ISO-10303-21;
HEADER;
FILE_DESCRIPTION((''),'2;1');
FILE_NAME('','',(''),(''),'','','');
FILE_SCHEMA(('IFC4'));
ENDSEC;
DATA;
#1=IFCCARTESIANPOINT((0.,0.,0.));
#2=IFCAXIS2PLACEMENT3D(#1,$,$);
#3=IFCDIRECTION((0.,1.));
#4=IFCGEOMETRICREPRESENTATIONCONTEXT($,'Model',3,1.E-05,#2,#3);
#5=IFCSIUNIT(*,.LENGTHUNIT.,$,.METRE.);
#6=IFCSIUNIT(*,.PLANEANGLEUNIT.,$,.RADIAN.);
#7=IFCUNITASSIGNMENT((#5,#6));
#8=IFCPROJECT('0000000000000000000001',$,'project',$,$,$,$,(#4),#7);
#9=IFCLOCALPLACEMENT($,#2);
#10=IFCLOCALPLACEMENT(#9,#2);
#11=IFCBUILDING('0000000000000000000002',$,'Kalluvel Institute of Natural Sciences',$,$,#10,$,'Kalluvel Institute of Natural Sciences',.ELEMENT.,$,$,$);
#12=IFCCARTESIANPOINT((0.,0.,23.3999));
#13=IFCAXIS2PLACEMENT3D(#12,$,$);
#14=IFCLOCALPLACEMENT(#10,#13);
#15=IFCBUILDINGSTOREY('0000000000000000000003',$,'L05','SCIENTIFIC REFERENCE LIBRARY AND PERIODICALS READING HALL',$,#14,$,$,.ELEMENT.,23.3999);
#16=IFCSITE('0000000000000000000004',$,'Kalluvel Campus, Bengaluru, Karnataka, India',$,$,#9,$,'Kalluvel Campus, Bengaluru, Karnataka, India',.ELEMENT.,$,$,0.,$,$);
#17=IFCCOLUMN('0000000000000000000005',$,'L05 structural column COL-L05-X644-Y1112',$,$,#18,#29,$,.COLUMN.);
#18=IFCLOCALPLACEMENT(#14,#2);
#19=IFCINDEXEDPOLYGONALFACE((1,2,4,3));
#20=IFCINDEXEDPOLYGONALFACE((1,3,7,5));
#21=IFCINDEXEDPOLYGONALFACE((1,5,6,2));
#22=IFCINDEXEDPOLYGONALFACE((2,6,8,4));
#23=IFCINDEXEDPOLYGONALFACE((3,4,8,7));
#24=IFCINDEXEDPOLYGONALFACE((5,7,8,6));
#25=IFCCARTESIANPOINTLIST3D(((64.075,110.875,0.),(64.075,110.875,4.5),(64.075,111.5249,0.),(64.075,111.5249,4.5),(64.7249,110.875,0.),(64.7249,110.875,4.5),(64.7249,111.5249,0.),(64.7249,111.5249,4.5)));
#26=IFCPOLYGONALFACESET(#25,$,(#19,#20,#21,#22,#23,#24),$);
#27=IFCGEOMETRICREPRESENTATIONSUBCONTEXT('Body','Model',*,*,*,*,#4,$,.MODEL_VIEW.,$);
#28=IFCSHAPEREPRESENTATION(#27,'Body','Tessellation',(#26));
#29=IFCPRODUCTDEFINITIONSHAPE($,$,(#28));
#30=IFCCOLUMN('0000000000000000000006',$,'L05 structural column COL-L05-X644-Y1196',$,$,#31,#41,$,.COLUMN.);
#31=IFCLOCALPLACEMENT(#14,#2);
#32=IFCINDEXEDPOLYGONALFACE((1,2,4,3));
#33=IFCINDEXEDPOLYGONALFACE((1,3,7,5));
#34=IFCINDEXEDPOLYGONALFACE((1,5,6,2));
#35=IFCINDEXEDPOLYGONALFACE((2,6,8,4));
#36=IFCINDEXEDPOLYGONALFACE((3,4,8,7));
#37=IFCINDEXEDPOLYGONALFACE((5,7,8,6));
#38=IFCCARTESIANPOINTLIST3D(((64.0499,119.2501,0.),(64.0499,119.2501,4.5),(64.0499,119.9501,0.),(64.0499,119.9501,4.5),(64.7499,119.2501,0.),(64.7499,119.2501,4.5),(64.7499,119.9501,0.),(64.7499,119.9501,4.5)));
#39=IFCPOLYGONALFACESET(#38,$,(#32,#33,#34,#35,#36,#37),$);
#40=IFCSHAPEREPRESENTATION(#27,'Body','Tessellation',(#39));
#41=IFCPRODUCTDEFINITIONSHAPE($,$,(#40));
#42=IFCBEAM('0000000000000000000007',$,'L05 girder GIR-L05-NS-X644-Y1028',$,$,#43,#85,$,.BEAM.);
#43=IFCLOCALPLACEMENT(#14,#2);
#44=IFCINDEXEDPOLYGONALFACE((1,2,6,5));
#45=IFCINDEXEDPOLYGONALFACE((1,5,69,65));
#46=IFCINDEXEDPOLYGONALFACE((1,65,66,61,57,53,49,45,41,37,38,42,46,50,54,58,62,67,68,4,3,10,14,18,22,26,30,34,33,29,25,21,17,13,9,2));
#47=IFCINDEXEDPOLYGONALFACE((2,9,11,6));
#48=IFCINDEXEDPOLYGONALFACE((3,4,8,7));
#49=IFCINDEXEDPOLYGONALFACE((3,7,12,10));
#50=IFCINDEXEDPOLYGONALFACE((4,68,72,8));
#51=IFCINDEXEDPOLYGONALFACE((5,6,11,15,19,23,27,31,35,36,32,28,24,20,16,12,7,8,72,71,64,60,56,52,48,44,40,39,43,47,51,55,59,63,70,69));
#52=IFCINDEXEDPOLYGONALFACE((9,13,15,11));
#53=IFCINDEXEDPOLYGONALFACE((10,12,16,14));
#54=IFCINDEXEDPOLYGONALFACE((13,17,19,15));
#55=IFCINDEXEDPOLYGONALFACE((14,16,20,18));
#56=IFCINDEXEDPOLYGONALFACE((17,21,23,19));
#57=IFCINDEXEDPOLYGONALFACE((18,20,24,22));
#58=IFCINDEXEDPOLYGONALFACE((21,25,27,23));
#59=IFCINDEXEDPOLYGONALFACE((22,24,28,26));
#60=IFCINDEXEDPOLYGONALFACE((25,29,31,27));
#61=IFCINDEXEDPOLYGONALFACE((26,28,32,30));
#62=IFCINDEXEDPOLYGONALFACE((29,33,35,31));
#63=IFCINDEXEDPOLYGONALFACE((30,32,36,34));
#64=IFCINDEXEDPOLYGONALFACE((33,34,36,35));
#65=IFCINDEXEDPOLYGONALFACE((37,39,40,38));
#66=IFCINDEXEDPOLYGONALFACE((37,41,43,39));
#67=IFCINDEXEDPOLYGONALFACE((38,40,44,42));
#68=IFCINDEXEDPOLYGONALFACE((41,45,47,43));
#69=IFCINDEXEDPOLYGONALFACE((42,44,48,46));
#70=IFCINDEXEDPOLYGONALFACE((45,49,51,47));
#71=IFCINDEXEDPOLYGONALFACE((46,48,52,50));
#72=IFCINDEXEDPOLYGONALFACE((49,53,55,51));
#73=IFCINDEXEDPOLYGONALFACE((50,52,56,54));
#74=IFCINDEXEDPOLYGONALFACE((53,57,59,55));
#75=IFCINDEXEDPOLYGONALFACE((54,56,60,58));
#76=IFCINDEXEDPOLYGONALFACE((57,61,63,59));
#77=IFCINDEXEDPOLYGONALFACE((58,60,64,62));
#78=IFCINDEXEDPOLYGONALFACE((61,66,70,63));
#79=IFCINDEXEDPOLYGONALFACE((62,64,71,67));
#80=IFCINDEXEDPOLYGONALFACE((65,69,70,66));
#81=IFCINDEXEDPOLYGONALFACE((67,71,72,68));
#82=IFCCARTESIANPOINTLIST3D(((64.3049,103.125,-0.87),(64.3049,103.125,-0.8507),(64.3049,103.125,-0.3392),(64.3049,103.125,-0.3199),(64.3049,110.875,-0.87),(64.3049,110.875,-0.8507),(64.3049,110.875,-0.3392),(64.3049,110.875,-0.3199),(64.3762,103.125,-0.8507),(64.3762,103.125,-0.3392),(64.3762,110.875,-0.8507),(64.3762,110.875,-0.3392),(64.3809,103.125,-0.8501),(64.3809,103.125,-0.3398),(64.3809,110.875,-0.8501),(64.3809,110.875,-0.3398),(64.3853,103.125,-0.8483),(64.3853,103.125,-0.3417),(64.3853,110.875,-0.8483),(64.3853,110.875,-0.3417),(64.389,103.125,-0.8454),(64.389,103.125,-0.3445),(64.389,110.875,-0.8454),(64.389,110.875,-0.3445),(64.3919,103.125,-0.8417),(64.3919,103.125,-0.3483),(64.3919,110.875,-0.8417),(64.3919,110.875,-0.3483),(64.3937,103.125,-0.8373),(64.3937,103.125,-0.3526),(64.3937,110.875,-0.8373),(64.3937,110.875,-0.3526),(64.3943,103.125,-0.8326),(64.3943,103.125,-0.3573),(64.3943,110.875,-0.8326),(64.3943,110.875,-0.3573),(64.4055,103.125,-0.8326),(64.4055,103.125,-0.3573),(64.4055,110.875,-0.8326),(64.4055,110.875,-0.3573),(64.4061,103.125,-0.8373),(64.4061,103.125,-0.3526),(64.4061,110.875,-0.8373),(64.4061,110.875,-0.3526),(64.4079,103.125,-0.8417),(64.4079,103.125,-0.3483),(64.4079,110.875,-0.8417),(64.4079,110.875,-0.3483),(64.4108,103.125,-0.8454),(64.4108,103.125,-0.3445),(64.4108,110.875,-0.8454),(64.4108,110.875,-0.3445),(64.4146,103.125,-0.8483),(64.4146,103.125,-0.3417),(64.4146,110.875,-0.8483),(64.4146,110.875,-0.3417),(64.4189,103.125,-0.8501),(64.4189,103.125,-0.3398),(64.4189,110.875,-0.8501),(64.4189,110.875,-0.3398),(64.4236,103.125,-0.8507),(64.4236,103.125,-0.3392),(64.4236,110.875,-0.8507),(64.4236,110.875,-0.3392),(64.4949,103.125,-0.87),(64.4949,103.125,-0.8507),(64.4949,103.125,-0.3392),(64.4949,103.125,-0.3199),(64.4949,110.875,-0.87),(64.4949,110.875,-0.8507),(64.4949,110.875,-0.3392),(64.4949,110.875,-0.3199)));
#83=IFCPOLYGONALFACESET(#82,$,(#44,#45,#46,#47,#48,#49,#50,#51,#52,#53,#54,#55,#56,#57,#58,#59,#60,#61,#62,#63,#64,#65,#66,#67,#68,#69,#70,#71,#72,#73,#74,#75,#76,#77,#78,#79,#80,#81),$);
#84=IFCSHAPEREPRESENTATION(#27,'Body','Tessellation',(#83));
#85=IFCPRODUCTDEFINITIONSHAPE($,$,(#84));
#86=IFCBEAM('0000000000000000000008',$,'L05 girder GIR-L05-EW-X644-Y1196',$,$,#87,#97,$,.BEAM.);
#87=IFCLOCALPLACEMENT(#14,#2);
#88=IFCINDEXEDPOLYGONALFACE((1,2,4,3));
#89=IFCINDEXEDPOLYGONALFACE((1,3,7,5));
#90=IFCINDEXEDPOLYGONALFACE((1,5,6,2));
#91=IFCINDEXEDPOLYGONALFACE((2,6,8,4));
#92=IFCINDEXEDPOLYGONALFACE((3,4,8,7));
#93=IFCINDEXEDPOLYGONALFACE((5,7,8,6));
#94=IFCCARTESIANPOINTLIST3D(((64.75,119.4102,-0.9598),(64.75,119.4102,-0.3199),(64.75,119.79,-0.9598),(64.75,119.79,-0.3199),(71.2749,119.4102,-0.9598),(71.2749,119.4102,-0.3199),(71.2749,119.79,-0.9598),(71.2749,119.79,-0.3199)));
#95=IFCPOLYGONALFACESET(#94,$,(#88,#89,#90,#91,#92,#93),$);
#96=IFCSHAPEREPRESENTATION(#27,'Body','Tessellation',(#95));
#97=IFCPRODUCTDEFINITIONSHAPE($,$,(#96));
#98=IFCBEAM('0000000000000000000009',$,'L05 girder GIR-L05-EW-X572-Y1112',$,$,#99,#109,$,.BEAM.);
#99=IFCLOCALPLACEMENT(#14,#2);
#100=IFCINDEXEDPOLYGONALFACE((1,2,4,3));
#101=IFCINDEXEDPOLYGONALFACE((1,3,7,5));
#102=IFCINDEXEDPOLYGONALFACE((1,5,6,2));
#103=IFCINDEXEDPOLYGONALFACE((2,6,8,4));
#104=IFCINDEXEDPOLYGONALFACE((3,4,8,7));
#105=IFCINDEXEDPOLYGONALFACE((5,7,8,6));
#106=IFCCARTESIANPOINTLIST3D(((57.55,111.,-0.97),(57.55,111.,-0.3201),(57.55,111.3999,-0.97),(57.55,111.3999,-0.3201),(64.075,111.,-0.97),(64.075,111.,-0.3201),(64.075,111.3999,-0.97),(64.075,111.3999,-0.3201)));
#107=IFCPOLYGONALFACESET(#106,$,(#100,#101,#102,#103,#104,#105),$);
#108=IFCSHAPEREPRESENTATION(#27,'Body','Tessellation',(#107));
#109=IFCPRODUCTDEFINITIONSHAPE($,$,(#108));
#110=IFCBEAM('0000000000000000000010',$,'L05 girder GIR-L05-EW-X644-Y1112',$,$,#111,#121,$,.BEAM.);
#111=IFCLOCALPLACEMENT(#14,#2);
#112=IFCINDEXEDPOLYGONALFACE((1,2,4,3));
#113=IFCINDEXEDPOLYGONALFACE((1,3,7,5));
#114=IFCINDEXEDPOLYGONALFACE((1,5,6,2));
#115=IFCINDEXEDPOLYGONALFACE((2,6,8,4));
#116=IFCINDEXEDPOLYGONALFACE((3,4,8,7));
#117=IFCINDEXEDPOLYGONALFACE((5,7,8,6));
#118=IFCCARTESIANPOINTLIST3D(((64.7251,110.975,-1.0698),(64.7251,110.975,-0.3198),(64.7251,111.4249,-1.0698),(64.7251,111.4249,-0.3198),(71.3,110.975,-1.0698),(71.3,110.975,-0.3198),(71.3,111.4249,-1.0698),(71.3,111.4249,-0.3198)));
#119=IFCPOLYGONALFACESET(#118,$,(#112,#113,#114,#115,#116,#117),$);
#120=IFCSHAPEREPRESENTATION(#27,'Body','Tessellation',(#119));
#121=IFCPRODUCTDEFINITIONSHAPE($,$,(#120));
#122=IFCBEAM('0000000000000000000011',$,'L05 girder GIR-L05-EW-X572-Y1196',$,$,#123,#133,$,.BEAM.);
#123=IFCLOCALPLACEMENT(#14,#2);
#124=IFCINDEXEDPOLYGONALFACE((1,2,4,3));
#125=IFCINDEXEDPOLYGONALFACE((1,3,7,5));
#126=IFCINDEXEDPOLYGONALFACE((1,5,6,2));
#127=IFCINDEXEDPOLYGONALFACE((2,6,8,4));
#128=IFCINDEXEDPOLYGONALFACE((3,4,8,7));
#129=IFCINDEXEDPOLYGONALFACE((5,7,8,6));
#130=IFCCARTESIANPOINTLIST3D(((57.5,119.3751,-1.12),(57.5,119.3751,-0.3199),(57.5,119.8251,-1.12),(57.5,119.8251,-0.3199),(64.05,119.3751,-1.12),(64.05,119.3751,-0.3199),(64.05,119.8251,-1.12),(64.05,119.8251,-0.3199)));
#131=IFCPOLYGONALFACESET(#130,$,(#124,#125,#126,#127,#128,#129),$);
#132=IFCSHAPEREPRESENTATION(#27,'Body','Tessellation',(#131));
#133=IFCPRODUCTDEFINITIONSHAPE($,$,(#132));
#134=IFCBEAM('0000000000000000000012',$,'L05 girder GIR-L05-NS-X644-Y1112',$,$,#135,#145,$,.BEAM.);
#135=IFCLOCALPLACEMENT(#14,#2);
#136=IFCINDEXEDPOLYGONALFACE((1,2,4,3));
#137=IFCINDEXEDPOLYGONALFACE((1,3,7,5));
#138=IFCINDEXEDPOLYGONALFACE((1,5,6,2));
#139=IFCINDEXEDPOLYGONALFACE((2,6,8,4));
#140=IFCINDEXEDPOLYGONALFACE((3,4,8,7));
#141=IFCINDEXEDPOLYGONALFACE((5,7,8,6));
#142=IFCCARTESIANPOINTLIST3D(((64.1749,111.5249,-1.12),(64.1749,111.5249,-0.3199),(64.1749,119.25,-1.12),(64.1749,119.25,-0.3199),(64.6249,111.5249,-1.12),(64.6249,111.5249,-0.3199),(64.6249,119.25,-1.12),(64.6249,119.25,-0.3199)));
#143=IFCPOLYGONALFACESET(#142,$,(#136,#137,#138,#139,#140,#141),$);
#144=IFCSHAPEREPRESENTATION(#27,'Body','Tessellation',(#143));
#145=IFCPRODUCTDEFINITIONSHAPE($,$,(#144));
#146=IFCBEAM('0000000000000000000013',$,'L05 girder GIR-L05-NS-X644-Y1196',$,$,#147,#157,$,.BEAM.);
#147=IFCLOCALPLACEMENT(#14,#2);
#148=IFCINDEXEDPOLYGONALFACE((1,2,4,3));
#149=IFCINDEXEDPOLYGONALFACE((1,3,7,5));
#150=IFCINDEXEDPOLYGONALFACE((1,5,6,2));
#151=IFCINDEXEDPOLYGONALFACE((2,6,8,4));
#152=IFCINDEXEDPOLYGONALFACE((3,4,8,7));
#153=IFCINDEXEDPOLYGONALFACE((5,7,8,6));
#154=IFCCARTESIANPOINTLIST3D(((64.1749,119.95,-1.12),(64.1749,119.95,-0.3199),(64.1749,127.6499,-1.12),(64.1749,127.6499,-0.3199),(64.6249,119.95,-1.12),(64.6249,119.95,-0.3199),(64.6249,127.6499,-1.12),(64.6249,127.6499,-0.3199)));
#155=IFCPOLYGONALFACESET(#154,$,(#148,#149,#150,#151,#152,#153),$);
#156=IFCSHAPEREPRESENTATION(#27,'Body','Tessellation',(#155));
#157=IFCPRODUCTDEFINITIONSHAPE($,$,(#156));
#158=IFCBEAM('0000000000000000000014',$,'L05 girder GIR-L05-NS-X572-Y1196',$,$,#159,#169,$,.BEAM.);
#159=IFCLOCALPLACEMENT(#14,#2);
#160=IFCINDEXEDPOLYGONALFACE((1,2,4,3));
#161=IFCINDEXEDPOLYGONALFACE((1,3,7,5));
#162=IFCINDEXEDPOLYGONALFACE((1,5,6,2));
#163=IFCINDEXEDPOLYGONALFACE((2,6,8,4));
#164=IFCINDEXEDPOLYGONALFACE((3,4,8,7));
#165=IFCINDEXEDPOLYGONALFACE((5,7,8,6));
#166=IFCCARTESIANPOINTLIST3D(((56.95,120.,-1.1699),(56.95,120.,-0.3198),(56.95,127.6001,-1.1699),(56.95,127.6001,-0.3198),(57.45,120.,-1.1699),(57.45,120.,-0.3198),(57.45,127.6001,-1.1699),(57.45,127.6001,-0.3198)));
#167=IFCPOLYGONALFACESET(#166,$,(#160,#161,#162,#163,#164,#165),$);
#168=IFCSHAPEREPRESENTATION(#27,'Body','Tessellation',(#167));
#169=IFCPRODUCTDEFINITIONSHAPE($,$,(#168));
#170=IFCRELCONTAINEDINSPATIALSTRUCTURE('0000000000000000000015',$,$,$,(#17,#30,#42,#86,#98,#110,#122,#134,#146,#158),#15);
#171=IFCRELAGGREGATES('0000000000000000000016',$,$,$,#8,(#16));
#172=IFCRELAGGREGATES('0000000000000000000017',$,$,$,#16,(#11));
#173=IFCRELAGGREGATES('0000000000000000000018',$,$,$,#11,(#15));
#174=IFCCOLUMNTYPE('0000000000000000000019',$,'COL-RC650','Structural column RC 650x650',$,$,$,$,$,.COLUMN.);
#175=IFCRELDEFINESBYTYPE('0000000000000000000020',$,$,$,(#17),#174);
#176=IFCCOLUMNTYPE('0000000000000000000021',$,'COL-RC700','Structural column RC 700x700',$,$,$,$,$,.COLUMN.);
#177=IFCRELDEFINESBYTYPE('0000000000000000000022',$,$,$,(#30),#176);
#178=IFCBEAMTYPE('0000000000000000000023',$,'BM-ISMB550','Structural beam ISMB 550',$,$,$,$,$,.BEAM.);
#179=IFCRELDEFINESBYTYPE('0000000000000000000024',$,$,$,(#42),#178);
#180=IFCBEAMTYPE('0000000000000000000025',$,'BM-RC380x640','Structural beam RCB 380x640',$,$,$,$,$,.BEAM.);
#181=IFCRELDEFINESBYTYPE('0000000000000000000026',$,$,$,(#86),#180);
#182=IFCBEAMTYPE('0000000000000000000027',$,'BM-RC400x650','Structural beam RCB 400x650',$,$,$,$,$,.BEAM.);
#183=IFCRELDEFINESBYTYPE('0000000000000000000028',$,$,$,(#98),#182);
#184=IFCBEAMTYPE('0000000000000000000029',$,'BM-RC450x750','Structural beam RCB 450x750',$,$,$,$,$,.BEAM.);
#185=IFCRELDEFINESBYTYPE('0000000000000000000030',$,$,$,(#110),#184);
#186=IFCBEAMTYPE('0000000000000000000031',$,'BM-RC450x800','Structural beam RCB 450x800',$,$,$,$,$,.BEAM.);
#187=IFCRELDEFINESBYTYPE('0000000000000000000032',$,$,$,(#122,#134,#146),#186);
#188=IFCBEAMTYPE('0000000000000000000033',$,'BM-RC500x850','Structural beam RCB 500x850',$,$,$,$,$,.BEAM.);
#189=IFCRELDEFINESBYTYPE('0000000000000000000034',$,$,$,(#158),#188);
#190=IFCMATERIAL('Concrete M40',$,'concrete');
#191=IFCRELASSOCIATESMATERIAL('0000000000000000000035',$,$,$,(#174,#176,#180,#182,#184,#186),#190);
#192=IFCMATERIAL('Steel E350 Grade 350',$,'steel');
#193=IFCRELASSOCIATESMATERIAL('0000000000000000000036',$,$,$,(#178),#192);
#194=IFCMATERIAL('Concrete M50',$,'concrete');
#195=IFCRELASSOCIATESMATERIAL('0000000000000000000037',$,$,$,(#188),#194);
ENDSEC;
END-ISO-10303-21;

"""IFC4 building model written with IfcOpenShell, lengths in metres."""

from ifc_helpers import new_model, si_unit, direction, frame, origin, origin_2d, place, context, subcontext, project, spatial, rectangle, i_section, extrude, material, material_profile, profile_set, type_object, element, save


model = new_model("IFC4")

# Units and contexts
model_context = context("Model", 3, precision=1e-05, world=origin(), true_north=direction((0.0, 1.0)))
body_context = subcontext(model_context, "Body", "Model", "MODEL_VIEW")
ifc_project = project(units=[si_unit("LENGTHUNIT", "METRE"), si_unit("PLANEANGLEUNIT", "RADIAN")], contexts=[model_context])

# Site, building, storey
site_placement = place(None, origin())
site = spatial("IfcSite", under=ifc_project, at=site_placement, Name="Kalluvel Campus, Bengaluru, Karnataka, India", LongName="Kalluvel Campus, Bengaluru, Karnataka, India", CompositionType="ELEMENT", RefElevation=0.0)
building_placement = place(site_placement, origin())
building = spatial("IfcBuilding", under=site, at=building_placement, Name="Kalluvel Institute of Natural Sciences", LongName="Kalluvel Institute of Natural Sciences", CompositionType="ELEMENT")
storey_placement = place(building_placement, frame((0.0, 0.0, 23.3999)))
storey = spatial("IfcBuildingStorey", under=building, at=storey_placement, Name="L05", Description="SCIENTIFIC REFERENCE LIBRARY AND PERIODICALS READING HALL", CompositionType="ELEMENT", Elevation=23.3999)

# Columns
ifc_material_1 = material(Name="Concrete M40", Category="concrete")
ifc_material_profile_1 = material_profile(ifc_material_1, rectangle(XDim=0.6499, YDim=0.6499, at=origin_2d()), Name="RC 650x650")
ifc_profile_set_1 = profile_set([ifc_material_profile_1], Name="Concrete M40")
column_type_1 = type_object("IfcColumnType", Name="COL-RC650", Description="Structural column RC 650x650", PredefinedType="COLUMN", material=ifc_profile_set_1)
column_1_placement = place(storey_placement, frame((64.3999, 111.2, 0.0), z_axis=(0.0, 0.0, 1.0), x_axis=(1.0, 0.0, 0.0)))
element("IfcColumn", 1, at=column_1_placement, inside=storey, type_object=column_type_1, Name="L05 structural column COL-L05-X644-Y1112", PredefinedType="COLUMN", context=body_context, shape_type="SweptSolid", body=[
    extrude(rectangle(XDim=0.6499, YDim=0.6499, at=origin_2d()), origin(), (0.0, 0.0, 1.0), 4.5),
])
ifc_material_profile_2 = material_profile(ifc_material_1, rectangle(XDim=0.7, YDim=0.7, at=origin_2d()), Name="RC 700x700")
ifc_profile_set_2 = profile_set([ifc_material_profile_2], Name="Concrete M40")
column_type_2 = type_object("IfcColumnType", Name="COL-RC700", Description="Structural column RC 700x700", PredefinedType="COLUMN", material=ifc_profile_set_2)
column_2_placement = place(storey_placement, frame((64.3999, 119.6001, 0.0), z_axis=(0.0, 0.0, 1.0), x_axis=(1.0, 0.0, 0.0)))
element("IfcColumn", 2, at=column_2_placement, inside=storey, type_object=column_type_2, Name="L05 structural column COL-L05-X644-Y1196", PredefinedType="COLUMN", context=body_context, shape_type="SweptSolid", body=[
    extrude(rectangle(XDim=0.7, YDim=0.7, at=origin_2d()), origin(), (0.0, 0.0, 1.0), 4.5),
])

# Beams
ifc_material_2 = material(Name="Steel E350 Grade 350", Category="steel")
ifc_material_profile_3 = material_profile(ifc_material_2, i_section(OverallWidth=0.1899, OverallDepth=0.55, WebThickness=0.0112, FlangeThickness=0.0193, FilletRadius=0.0181, at=origin_2d()), Name="ISMB 550")
ifc_profile_set_3 = profile_set([ifc_material_profile_3], Name="Steel E350 Grade 350")
beam_type_1 = type_object("IfcBeamType", Name="BM-ISMB550", Description="Structural beam ISMB 550", PredefinedType="BEAM", material=ifc_profile_set_3)
beam_1_placement = place(storey_placement, frame((64.3999, 103.125, -0.595), z_axis=(0.0, 1.0, 0.0), x_axis=(-1.0, 0.0, 0.0)))
element("IfcBeam", 3, at=beam_1_placement, inside=storey, type_object=beam_type_1, Name="L05 girder GIR-L05-NS-X644-Y1028", PredefinedType="BEAM", context=body_context, shape_type="SweptSolid", body=[
    extrude(i_section(OverallWidth=0.1899, OverallDepth=0.55, WebThickness=0.0112, FlangeThickness=0.0193, FilletRadius=0.0181, at=origin_2d()), origin(), (0.0, 0.0, 1.0), 7.75),
])
ifc_material_profile_4 = material_profile(ifc_material_1, rectangle(XDim=0.3799, YDim=0.6399, at=origin_2d()), Name="RCB 380x640")
ifc_profile_set_4 = profile_set([ifc_material_profile_4], Name="Concrete M40")
beam_type_2 = type_object("IfcBeamType", Name="BM-RC380x640", Description="Structural beam RCB 380x640", PredefinedType="BEAM", material=ifc_profile_set_4)
beam_2_placement = place(storey_placement, frame((64.75, 119.6001, -0.6399), z_axis=(1.0, 0.0, 0.0), x_axis=(0.0, 1.0, 0.0)))
element("IfcBeam", 4, at=beam_2_placement, inside=storey, type_object=beam_type_2, Name="L05 girder GIR-L05-EW-X644-Y1196", PredefinedType="BEAM", context=body_context, shape_type="SweptSolid", body=[
    extrude(rectangle(XDim=0.3799, YDim=0.6399, at=origin_2d()), origin(), (0.0, 0.0, 1.0), 6.5249),
])
ifc_material_profile_5 = material_profile(ifc_material_1, rectangle(XDim=0.3999, YDim=0.6499, at=origin_2d()), Name="RCB 400x650")
ifc_profile_set_5 = profile_set([ifc_material_profile_5], Name="Concrete M40")
beam_type_3 = type_object("IfcBeamType", Name="BM-RC400x650", Description="Structural beam RCB 400x650", PredefinedType="BEAM", material=ifc_profile_set_5)
beam_3_placement = place(storey_placement, frame((57.55, 111.2, -0.645), z_axis=(1.0, 0.0, 0.0), x_axis=(0.0, 1.0, 0.0)))
element("IfcBeam", 5, at=beam_3_placement, inside=storey, type_object=beam_type_3, Name="L05 girder GIR-L05-EW-X572-Y1112", PredefinedType="BEAM", context=body_context, shape_type="SweptSolid", body=[
    extrude(rectangle(XDim=0.3999, YDim=0.6499, at=origin_2d()), origin(), (0.0, 0.0, 1.0), 6.5249),
])
ifc_material_profile_6 = material_profile(ifc_material_1, rectangle(XDim=0.45, YDim=0.75, at=origin_2d()), Name="RCB 450x750")
ifc_profile_set_6 = profile_set([ifc_material_profile_6], Name="Concrete M40")
beam_type_4 = type_object("IfcBeamType", Name="BM-RC450x750", Description="Structural beam RCB 450x750", PredefinedType="BEAM", material=ifc_profile_set_6)
beam_4_placement = place(storey_placement, frame((64.7251, 111.2, -0.6948), z_axis=(1.0, 0.0, 0.0), x_axis=(0.0, 1.0, 0.0)))
element("IfcBeam", 6, at=beam_4_placement, inside=storey, type_object=beam_type_4, Name="L05 girder GIR-L05-EW-X644-Y1112", PredefinedType="BEAM", context=body_context, shape_type="SweptSolid", body=[
    extrude(rectangle(XDim=0.45, YDim=0.75, at=origin_2d()), origin(), (0.0, 0.0, 1.0), 6.575),
])
ifc_material_profile_7 = material_profile(ifc_material_1, rectangle(XDim=0.45, YDim=0.8, at=origin_2d()), Name="RCB 450x800")
ifc_profile_set_7 = profile_set([ifc_material_profile_7], Name="Concrete M40")
beam_type_5 = type_object("IfcBeamType", Name="BM-RC450x800", Description="Structural beam RCB 450x800", PredefinedType="BEAM", material=ifc_profile_set_7)
beam_5_placement = place(storey_placement, frame((57.5, 119.6001, -0.72), z_axis=(1.0, 0.0, 0.0), x_axis=(0.0, 1.0, 0.0)))
element("IfcBeam", 7, at=beam_5_placement, inside=storey, type_object=beam_type_5, Name="L05 girder GIR-L05-EW-X572-Y1196", PredefinedType="BEAM", context=body_context, shape_type="SweptSolid", body=[
    extrude(rectangle(XDim=0.45, YDim=0.8, at=origin_2d()), origin(), (0.0, 0.0, 1.0), 6.55),
])
beam_6_placement = place(storey_placement, frame((64.3999, 111.5249, -0.72), z_axis=(0.0, 1.0, 0.0), x_axis=(-1.0, 0.0, 0.0)))
element("IfcBeam", 8, at=beam_6_placement, inside=storey, type_object=beam_type_5, Name="L05 girder GIR-L05-NS-X644-Y1112", PredefinedType="BEAM", context=body_context, shape_type="SweptSolid", body=[
    extrude(rectangle(XDim=0.45, YDim=0.8, at=origin_2d()), origin(), (0.0, 0.0, 1.0), 7.7251),
])
beam_7_placement = place(storey_placement, frame((64.3999, 119.95, -0.72), z_axis=(0.0, 1.0, 0.0), x_axis=(-1.0, 0.0, 0.0)))
element("IfcBeam", 9, at=beam_7_placement, inside=storey, type_object=beam_type_5, Name="L05 girder GIR-L05-NS-X644-Y1196", PredefinedType="BEAM", context=body_context, shape_type="SweptSolid", body=[
    extrude(rectangle(XDim=0.45, YDim=0.8, at=origin_2d()), origin(), (0.0, 0.0, 1.0), 7.7),
])
ifc_material_3 = material(Name="Concrete M50", Category="concrete")
ifc_material_profile_8 = material_profile(ifc_material_3, rectangle(XDim=0.5, YDim=0.8501, at=origin_2d()), Name="RCB 500x850")
ifc_profile_set_8 = profile_set([ifc_material_profile_8], Name="Concrete M50")
beam_type_6 = type_object("IfcBeamType", Name="BM-RC500x850", Description="Structural beam RCB 500x850", PredefinedType="BEAM", material=ifc_profile_set_8)
beam_8_placement = place(storey_placement, frame((57.2, 120.0, -0.7449), z_axis=(0.0, 1.0, 0.0), x_axis=(-1.0, 0.0, 0.0)))
element("IfcBeam", 10, at=beam_8_placement, inside=storey, type_object=beam_type_6, Name="L05 girder GIR-L05-NS-X572-Y1196", PredefinedType="BEAM", context=body_context, shape_type="SweptSolid", body=[
    extrude(rectangle(XDim=0.5, YDim=0.8501, at=origin_2d()), origin(), (0.0, 0.0, 1.0), 7.6001),
])

save(model, "model.ifc")
